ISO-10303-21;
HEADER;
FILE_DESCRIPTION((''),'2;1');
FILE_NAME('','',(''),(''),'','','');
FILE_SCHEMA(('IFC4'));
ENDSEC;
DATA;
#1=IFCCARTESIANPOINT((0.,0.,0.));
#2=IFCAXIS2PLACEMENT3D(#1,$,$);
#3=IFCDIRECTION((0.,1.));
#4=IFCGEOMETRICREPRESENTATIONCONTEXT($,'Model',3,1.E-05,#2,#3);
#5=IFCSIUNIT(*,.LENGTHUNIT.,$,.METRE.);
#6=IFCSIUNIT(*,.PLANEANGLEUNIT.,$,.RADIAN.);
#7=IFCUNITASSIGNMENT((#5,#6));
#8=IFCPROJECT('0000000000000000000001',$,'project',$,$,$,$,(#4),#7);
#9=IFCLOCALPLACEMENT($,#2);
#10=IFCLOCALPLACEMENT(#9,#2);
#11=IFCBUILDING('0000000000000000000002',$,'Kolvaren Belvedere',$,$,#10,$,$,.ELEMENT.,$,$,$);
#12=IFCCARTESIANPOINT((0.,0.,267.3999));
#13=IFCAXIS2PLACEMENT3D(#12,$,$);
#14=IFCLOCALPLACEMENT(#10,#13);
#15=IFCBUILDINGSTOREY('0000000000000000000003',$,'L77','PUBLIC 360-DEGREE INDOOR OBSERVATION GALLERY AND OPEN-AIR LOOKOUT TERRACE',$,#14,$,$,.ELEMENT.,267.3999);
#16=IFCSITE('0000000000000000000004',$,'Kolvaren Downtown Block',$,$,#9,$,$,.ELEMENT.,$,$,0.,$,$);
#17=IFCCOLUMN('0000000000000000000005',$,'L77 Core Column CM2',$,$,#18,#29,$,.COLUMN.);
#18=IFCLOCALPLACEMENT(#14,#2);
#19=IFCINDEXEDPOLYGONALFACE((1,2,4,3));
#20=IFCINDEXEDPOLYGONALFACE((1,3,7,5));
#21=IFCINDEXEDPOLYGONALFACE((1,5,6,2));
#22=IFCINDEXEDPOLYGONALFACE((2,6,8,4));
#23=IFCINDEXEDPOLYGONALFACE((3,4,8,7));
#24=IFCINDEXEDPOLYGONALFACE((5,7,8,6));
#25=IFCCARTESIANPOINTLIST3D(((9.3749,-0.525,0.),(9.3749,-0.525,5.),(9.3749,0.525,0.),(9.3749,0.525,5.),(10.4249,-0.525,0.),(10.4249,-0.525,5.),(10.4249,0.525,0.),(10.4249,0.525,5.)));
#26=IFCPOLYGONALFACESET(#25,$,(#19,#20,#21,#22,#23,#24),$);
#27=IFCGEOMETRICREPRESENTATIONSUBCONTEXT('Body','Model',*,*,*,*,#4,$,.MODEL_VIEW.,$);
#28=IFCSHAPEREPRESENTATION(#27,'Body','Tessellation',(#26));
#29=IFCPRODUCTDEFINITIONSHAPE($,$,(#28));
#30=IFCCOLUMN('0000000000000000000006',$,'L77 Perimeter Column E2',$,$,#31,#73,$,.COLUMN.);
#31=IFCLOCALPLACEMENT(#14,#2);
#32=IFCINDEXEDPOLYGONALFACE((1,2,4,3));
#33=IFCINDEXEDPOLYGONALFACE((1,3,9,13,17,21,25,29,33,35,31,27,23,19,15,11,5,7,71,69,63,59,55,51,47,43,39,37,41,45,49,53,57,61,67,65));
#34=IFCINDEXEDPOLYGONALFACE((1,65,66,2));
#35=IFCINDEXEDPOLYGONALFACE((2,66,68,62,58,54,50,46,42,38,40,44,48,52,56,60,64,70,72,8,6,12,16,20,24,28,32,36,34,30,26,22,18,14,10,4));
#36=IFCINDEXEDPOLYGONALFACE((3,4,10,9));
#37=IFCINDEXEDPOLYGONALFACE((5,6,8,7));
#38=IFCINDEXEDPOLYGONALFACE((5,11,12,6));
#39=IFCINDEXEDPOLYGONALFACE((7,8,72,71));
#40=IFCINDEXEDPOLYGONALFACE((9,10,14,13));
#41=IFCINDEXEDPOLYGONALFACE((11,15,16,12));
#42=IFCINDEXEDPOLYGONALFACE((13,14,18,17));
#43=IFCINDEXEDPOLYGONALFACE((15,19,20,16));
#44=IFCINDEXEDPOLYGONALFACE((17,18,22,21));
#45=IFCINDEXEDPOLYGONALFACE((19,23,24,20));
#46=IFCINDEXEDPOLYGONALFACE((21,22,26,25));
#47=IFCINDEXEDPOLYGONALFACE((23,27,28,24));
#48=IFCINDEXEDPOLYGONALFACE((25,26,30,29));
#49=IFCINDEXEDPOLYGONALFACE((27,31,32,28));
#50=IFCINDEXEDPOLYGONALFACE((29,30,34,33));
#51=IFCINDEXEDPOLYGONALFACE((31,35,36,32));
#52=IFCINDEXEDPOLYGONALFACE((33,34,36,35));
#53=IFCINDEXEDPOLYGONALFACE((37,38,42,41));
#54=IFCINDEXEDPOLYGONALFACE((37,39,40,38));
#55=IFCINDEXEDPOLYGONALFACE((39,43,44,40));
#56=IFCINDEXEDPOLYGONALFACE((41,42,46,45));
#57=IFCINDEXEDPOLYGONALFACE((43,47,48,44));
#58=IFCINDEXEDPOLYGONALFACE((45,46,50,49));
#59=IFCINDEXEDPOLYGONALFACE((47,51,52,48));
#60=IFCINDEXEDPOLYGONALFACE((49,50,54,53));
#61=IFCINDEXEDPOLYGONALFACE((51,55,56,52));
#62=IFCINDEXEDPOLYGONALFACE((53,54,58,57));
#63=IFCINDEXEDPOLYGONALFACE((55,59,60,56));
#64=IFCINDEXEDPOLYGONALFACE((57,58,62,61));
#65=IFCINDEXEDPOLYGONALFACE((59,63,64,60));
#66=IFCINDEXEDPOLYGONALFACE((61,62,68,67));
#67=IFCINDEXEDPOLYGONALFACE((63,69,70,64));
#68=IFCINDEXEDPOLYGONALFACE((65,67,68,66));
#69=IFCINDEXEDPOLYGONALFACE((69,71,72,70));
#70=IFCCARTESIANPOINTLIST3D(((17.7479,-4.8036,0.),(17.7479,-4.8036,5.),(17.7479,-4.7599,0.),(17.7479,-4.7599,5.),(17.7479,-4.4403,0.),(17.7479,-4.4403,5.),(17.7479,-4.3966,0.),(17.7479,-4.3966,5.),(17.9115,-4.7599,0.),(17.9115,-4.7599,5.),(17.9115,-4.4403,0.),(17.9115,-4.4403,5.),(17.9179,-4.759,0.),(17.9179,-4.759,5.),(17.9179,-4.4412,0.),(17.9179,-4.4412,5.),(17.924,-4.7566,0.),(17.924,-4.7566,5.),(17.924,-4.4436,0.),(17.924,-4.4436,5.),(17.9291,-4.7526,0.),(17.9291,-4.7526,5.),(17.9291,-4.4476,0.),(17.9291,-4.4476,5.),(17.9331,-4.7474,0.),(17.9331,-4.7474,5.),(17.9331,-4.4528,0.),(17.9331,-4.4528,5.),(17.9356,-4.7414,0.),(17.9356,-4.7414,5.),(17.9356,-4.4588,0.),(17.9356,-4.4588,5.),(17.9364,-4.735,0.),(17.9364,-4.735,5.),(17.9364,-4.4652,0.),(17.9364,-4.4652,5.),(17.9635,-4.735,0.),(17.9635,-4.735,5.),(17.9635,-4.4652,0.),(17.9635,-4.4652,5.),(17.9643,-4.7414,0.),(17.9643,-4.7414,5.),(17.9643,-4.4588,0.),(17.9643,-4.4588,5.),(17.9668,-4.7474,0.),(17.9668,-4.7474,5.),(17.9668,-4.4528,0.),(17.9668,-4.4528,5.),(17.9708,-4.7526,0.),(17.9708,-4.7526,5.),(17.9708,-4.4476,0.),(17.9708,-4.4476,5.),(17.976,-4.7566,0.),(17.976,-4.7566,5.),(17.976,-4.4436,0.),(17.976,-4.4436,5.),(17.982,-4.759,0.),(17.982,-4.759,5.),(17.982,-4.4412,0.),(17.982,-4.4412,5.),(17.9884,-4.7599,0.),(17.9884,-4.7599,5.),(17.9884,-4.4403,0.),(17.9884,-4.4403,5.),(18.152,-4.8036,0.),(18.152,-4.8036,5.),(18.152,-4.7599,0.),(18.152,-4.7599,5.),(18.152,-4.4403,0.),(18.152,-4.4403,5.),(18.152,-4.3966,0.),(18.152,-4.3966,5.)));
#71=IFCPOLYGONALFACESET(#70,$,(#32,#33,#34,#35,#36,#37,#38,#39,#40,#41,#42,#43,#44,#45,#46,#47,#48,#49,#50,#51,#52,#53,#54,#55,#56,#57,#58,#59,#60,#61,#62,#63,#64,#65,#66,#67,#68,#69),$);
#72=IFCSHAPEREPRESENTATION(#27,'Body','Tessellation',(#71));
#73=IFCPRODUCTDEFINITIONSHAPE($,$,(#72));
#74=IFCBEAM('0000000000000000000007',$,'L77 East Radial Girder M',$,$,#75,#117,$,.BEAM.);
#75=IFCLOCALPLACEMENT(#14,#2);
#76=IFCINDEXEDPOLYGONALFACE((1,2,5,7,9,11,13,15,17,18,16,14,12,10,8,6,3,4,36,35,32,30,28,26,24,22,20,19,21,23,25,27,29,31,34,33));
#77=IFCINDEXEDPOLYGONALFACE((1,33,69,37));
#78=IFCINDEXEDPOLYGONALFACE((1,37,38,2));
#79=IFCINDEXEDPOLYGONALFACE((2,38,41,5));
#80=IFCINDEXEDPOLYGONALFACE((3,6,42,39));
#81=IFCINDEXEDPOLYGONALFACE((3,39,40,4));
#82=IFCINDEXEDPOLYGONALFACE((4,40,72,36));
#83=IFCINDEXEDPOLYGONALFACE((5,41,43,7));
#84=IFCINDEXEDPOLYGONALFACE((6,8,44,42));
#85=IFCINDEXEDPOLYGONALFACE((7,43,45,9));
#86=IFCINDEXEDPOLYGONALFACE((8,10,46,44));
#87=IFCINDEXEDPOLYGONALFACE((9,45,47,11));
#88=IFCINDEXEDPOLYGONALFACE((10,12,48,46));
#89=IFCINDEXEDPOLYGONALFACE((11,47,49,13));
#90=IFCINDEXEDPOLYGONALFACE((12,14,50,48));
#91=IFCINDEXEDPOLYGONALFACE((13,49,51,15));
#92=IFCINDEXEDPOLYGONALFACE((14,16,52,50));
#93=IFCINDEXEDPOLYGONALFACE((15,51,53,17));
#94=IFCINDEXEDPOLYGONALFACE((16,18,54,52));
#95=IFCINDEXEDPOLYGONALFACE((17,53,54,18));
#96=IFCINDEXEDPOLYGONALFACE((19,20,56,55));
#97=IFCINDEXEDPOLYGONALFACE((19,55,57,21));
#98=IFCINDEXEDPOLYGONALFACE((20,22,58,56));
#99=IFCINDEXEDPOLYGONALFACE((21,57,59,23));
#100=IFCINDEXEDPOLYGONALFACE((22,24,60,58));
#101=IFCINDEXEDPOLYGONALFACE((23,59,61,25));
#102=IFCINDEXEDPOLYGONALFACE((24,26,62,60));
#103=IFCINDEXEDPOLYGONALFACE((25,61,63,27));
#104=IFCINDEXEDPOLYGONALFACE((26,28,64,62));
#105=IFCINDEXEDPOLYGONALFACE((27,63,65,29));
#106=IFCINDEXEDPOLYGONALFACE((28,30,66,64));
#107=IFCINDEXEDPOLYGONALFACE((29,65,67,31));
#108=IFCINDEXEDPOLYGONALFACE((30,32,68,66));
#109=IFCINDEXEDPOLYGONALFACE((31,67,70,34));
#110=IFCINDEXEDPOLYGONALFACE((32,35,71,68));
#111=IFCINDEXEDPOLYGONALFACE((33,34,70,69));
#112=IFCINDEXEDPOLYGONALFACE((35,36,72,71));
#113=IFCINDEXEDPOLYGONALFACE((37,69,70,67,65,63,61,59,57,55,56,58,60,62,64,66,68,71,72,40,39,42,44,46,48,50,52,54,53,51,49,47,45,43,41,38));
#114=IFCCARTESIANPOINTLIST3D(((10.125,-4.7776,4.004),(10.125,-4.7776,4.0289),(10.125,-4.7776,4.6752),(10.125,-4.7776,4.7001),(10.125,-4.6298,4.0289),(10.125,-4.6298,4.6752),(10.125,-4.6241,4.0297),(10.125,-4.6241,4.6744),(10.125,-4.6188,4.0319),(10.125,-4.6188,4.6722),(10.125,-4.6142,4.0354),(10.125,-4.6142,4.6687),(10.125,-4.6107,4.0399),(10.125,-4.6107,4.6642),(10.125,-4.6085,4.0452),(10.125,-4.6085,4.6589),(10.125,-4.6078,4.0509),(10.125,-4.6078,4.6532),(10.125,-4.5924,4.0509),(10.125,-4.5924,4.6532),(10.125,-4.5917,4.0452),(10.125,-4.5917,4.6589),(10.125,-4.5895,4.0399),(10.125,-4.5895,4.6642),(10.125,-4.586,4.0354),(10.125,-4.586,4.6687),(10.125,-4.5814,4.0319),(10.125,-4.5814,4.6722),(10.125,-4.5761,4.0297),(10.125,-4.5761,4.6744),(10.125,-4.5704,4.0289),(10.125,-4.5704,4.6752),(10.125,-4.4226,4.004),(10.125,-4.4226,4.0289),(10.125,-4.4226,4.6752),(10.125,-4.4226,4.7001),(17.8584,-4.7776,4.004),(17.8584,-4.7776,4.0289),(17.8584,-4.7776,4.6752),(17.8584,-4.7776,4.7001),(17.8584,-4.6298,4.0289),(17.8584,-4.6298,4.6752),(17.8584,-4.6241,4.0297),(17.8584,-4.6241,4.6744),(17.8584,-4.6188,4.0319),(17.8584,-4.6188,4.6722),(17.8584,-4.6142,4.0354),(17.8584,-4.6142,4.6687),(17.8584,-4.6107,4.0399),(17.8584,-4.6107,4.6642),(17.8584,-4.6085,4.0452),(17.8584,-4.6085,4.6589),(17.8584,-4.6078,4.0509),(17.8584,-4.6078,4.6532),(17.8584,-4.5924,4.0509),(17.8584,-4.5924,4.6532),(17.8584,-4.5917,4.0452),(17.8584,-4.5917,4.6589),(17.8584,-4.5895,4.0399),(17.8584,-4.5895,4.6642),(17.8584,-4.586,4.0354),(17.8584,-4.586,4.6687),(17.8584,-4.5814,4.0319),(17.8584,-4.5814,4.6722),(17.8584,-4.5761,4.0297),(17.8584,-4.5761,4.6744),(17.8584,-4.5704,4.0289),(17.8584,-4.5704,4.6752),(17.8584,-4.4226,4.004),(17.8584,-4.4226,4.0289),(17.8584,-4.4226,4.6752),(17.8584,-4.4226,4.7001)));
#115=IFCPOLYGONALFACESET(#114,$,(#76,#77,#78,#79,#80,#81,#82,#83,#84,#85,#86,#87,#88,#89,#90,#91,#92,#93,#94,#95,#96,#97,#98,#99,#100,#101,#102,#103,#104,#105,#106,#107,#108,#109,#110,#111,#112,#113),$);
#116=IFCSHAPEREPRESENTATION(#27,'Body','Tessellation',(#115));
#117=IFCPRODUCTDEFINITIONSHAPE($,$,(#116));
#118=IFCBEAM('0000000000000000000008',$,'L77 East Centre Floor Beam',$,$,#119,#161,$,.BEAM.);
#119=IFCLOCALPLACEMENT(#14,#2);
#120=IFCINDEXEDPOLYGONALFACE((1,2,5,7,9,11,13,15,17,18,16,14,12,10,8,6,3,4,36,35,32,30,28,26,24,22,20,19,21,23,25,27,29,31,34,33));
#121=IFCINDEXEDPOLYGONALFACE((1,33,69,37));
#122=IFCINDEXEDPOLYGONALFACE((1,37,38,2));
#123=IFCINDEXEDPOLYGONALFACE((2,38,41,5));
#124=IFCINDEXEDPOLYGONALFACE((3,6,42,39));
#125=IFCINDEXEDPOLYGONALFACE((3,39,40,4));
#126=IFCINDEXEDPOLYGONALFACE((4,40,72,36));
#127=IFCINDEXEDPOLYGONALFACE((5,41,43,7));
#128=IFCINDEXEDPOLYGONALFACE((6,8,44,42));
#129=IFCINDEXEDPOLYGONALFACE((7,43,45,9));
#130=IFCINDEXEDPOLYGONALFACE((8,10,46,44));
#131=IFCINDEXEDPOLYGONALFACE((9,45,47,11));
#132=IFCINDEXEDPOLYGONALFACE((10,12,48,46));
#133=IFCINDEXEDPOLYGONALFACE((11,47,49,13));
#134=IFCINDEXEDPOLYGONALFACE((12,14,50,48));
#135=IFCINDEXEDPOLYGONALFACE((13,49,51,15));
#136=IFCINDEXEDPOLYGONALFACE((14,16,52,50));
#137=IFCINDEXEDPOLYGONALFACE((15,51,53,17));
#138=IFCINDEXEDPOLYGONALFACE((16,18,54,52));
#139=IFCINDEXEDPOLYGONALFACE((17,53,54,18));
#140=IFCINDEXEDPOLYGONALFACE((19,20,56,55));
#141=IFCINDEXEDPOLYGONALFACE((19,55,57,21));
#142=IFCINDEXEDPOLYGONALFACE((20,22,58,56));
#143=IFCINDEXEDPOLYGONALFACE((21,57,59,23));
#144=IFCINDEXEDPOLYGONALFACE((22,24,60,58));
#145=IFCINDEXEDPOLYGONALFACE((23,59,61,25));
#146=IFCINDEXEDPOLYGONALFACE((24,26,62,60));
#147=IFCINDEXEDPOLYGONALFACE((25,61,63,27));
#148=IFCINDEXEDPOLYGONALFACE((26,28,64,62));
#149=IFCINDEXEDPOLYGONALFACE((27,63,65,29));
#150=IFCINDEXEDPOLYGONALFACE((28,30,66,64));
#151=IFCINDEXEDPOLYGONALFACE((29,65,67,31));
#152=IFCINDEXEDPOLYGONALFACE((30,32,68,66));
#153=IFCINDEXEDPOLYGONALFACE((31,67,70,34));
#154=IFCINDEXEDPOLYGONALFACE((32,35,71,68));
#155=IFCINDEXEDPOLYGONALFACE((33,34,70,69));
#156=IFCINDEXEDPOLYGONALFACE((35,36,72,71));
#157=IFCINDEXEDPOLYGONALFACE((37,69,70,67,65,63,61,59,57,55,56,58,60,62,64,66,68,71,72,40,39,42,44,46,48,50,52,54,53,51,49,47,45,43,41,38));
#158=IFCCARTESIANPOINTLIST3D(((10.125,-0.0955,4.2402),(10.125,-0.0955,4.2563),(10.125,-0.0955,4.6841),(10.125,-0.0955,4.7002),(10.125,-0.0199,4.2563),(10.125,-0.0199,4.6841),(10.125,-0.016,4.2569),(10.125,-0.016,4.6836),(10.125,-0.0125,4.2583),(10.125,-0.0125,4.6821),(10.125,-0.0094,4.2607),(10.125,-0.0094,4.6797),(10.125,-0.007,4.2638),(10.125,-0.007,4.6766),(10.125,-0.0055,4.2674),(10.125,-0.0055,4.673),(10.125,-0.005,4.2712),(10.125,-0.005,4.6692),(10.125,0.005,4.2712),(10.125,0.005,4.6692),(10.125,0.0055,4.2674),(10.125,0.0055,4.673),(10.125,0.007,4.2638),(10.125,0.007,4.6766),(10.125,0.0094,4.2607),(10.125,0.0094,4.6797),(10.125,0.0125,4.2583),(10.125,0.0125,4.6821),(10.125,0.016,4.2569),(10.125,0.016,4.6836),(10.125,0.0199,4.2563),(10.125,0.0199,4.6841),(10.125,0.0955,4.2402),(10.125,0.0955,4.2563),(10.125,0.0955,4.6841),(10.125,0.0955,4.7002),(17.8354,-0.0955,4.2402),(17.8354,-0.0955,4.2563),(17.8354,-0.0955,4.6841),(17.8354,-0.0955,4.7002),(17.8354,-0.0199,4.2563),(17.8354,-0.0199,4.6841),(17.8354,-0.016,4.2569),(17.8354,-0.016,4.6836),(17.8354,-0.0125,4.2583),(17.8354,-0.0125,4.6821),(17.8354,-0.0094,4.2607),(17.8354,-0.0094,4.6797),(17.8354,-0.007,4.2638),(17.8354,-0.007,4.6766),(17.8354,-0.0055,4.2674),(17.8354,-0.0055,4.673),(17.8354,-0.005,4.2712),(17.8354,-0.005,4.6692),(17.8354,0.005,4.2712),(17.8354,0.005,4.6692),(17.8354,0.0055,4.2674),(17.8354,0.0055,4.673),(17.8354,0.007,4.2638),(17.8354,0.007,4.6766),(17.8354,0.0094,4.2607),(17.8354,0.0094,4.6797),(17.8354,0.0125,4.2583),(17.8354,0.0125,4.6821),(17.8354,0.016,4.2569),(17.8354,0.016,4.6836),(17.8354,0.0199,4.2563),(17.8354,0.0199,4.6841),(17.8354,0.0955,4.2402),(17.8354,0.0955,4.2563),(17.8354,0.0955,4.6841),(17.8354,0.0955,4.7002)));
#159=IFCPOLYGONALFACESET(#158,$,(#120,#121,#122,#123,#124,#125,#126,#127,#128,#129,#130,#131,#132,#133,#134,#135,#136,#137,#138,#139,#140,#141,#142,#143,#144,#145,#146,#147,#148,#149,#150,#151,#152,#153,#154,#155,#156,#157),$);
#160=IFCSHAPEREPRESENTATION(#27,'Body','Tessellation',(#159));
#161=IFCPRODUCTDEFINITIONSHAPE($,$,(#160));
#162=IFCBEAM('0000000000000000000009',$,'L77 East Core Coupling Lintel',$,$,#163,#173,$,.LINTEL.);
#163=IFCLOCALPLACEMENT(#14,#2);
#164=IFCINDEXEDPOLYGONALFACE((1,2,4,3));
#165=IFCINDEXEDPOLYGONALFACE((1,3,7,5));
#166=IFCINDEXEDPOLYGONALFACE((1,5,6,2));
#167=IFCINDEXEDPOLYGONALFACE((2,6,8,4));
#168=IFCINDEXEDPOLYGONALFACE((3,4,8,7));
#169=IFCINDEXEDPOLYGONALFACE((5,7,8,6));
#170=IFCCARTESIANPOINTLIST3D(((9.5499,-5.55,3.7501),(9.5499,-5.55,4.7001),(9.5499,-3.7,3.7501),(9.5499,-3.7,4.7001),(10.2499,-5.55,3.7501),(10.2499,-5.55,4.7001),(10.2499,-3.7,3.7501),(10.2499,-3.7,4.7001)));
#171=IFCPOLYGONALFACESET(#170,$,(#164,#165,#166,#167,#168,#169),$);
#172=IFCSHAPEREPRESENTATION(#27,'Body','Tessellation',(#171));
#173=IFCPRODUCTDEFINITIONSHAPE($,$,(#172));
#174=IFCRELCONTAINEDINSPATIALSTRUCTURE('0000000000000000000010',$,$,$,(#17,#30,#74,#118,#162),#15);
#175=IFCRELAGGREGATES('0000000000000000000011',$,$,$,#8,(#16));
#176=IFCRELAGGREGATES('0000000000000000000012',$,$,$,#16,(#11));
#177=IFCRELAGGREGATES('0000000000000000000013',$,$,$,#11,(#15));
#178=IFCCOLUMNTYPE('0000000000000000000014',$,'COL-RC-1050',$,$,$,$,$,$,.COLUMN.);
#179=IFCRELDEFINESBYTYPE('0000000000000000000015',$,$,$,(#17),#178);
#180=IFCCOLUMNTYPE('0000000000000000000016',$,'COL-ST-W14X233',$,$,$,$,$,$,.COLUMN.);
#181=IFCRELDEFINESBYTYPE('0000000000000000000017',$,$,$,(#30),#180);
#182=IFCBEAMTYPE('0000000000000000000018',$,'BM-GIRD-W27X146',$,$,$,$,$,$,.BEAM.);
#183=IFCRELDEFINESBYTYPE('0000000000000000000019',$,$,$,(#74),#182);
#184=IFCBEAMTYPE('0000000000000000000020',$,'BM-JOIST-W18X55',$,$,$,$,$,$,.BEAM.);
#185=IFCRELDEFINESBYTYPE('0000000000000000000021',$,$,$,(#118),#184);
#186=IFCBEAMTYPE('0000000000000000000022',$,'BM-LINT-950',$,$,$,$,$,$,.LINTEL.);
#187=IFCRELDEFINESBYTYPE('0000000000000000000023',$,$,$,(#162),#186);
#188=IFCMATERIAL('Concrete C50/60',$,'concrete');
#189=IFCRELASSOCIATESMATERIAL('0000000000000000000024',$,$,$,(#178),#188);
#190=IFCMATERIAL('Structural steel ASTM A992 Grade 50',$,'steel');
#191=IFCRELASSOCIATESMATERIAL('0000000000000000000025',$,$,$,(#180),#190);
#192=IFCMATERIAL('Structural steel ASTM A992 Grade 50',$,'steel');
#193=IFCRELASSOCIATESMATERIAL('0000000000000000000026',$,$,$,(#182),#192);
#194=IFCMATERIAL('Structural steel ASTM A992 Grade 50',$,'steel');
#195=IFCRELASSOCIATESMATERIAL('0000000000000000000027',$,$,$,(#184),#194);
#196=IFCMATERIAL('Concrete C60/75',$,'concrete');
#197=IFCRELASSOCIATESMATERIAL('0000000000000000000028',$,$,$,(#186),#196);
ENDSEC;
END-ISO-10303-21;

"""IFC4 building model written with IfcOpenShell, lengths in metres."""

from ifc_helpers import new_model, si_unit, direction, frame, origin, origin_2d, place, context, subcontext, project, spatial, rectangle, i_section, extrude, material, material_profile, profile_set, type_object, element, save


model = new_model("IFC4")

# Units and contexts
model_context = context("Model", 3, precision=1e-05, world=origin(), true_north=direction((0.0, 1.0)))
body_context = subcontext(model_context, "Body", "Model", "MODEL_VIEW")
ifc_project = project(units=[si_unit("LENGTHUNIT", "METRE"), si_unit("PLANEANGLEUNIT", "RADIAN")], contexts=[model_context])

# Site, building, storey
site_placement = place(None, origin())
site = spatial("IfcSite", under=ifc_project, at=site_placement, Name="Kolvaren Downtown Block", CompositionType="ELEMENT", RefElevation=0.0)
building_placement = place(site_placement, origin())
building = spatial("IfcBuilding", under=site, at=building_placement, Name="Kolvaren Belvedere", CompositionType="ELEMENT")
storey_placement = place(building_placement, frame((0.0, 0.0, 267.3999)))
storey = spatial("IfcBuildingStorey", under=building, at=storey_placement, Name="L77", Description="PUBLIC 360-DEGREE INDOOR OBSERVATION GALLERY AND OPEN-AIR LOOKOUT TERRACE", CompositionType="ELEMENT", Elevation=267.3999)

# Columns
ifc_material_1 = material(Name="Concrete C50/60", Category="concrete")
ifc_material_profile_1 = material_profile(ifc_material_1, rectangle(XDim=1.05, YDim=1.05, at=origin_2d()), Name="RC 1050X1050")
ifc_profile_set_1 = profile_set([ifc_material_profile_1], Name="Concrete C50/60")
column_type_1 = type_object("IfcColumnType", Name="COL-RC-1050", PredefinedType="COLUMN", material=ifc_profile_set_1)
column_1_placement = place(storey_placement, frame((9.8999, 0.0, 0.0), z_axis=(0.0, 0.0, 1.0), x_axis=(1.0, 0.0, 0.0)))
element("IfcColumn", 1, at=column_1_placement, inside=storey, type_object=column_type_1, Name="L77 Core Column CM2", PredefinedType="COLUMN", context=body_context, shape_type="SweptSolid", body=[
    extrude(rectangle(XDim=1.05, YDim=1.05, at=origin_2d()), origin(), (0.0, 0.0, 1.0), 5.0),
])
ifc_material_2 = material(Name="Structural steel ASTM A992 Grade 50", Category="steel")
ifc_material_profile_2 = material_profile(ifc_material_2, i_section(OverallWidth=0.4041, OverallDepth=0.407, WebThickness=0.0271, FlangeThickness=0.0437, FilletRadius=0.0249, at=origin_2d()), Name="W14X233")
ifc_profile_set_2 = profile_set([ifc_material_profile_2], Name="Structural steel ASTM A992 Grade 50")
column_type_2 = type_object("IfcColumnType", Name="COL-ST-W14X233", PredefinedType="COLUMN", material=ifc_profile_set_2)
column_2_placement = place(storey_placement, frame((17.95, -4.6001, 0.0), z_axis=(0.0, 0.0, 1.0), x_axis=(1.0, 0.0, 0.0)))
element("IfcColumn", 2, at=column_2_placement, inside=storey, type_object=column_type_2, Name="L77 Perimeter Column E2", PredefinedType="COLUMN", context=body_context, shape_type="SweptSolid", body=[
    extrude(i_section(OverallWidth=0.4041, OverallDepth=0.407, WebThickness=0.0271, FlangeThickness=0.0437, FilletRadius=0.0249, at=origin_2d()), origin(), (0.0, 0.0, 1.0), 5.0),
])

# Beams
ifc_material_3 = material(Name="Structural steel ASTM A992 Grade 50", Category="steel")
ifc_material_profile_3 = material_profile(ifc_material_3, i_section(OverallWidth=0.355, OverallDepth=0.696, WebThickness=0.0154, FlangeThickness=0.0249, FilletRadius=0.022, at=origin_2d()), Name="W27X146")
ifc_profile_set_3 = profile_set([ifc_material_profile_3], Name="Structural steel ASTM A992 Grade 50")
beam_type_1 = type_object("IfcBeamType", Name="BM-GIRD-W27X146", PredefinedType="BEAM", material=ifc_profile_set_3)
beam_1_placement = place(storey_placement, frame((10.125, -4.6001, 4.3521), z_axis=(1.0, 0.0, 0.0), x_axis=(0.0, 1.0, 0.0)))
element("IfcBeam", 3, at=beam_1_placement, inside=storey, type_object=beam_type_1, Name="L77 East Radial Girder M", PredefinedType="BEAM", context=body_context, shape_type="SweptSolid", body=[
    extrude(i_section(OverallWidth=0.355, OverallDepth=0.696, WebThickness=0.0154, FlangeThickness=0.0249, FilletRadius=0.022, at=origin_2d()), origin(), (0.0, 0.0, 1.0), 7.7334),
])
ifc_material_4 = material(Name="Structural steel ASTM A992 Grade 50", Category="steel")
ifc_material_profile_4 = material_profile(ifc_material_4, i_section(OverallWidth=0.1909, OverallDepth=0.46, WebThickness=0.01, FlangeThickness=0.0161, FilletRadius=0.0149, at=origin_2d()), Name="W18X55")
ifc_profile_set_4 = profile_set([ifc_material_profile_4], Name="Structural steel ASTM A992 Grade 50")
beam_type_2 = type_object("IfcBeamType", Name="BM-JOIST-W18X55", PredefinedType="BEAM", material=ifc_profile_set_4)
beam_2_placement = place(storey_placement, frame((10.125, 0.0, 4.4702), z_axis=(1.0, 0.0, 0.0), x_axis=(0.0, 1.0, 0.0)))
element("IfcBeam", 4, at=beam_2_placement, inside=storey, type_object=beam_type_2, Name="L77 East Centre Floor Beam", PredefinedType="BEAM", context=body_context, shape_type="SweptSolid", body=[
    extrude(i_section(OverallWidth=0.1909, OverallDepth=0.46, WebThickness=0.01, FlangeThickness=0.0161, FilletRadius=0.0149, at=origin_2d()), origin(), (0.0, 0.0, 1.0), 7.7104),
])
ifc_material_5 = material(Name="Concrete C60/75", Category="concrete")
ifc_material_profile_5 = material_profile(ifc_material_5, rectangle(XDim=0.7, YDim=0.95, at=origin_2d()), Name="RC 700X950")
ifc_profile_set_5 = profile_set([ifc_material_profile_5], Name="Concrete C60/75")
beam_type_3 = type_object("IfcBeamType", Name="BM-LINT-950", PredefinedType="LINTEL", material=ifc_profile_set_5)
beam_3_placement = place(storey_placement, frame((9.8999, -5.55, 4.2251), z_axis=(0.0, 1.0, 0.0), x_axis=(-1.0, 0.0, 0.0)))
element("IfcBeam", 5, at=beam_3_placement, inside=storey, type_object=beam_type_3, Name="L77 East Core Coupling Lintel", PredefinedType="LINTEL", context=body_context, shape_type="SweptSolid", body=[
    extrude(rectangle(XDim=0.7, YDim=0.95, at=origin_2d()), origin(), (0.0, 0.0, 1.0), 1.8501),
])

save(model, "model.ifc")
